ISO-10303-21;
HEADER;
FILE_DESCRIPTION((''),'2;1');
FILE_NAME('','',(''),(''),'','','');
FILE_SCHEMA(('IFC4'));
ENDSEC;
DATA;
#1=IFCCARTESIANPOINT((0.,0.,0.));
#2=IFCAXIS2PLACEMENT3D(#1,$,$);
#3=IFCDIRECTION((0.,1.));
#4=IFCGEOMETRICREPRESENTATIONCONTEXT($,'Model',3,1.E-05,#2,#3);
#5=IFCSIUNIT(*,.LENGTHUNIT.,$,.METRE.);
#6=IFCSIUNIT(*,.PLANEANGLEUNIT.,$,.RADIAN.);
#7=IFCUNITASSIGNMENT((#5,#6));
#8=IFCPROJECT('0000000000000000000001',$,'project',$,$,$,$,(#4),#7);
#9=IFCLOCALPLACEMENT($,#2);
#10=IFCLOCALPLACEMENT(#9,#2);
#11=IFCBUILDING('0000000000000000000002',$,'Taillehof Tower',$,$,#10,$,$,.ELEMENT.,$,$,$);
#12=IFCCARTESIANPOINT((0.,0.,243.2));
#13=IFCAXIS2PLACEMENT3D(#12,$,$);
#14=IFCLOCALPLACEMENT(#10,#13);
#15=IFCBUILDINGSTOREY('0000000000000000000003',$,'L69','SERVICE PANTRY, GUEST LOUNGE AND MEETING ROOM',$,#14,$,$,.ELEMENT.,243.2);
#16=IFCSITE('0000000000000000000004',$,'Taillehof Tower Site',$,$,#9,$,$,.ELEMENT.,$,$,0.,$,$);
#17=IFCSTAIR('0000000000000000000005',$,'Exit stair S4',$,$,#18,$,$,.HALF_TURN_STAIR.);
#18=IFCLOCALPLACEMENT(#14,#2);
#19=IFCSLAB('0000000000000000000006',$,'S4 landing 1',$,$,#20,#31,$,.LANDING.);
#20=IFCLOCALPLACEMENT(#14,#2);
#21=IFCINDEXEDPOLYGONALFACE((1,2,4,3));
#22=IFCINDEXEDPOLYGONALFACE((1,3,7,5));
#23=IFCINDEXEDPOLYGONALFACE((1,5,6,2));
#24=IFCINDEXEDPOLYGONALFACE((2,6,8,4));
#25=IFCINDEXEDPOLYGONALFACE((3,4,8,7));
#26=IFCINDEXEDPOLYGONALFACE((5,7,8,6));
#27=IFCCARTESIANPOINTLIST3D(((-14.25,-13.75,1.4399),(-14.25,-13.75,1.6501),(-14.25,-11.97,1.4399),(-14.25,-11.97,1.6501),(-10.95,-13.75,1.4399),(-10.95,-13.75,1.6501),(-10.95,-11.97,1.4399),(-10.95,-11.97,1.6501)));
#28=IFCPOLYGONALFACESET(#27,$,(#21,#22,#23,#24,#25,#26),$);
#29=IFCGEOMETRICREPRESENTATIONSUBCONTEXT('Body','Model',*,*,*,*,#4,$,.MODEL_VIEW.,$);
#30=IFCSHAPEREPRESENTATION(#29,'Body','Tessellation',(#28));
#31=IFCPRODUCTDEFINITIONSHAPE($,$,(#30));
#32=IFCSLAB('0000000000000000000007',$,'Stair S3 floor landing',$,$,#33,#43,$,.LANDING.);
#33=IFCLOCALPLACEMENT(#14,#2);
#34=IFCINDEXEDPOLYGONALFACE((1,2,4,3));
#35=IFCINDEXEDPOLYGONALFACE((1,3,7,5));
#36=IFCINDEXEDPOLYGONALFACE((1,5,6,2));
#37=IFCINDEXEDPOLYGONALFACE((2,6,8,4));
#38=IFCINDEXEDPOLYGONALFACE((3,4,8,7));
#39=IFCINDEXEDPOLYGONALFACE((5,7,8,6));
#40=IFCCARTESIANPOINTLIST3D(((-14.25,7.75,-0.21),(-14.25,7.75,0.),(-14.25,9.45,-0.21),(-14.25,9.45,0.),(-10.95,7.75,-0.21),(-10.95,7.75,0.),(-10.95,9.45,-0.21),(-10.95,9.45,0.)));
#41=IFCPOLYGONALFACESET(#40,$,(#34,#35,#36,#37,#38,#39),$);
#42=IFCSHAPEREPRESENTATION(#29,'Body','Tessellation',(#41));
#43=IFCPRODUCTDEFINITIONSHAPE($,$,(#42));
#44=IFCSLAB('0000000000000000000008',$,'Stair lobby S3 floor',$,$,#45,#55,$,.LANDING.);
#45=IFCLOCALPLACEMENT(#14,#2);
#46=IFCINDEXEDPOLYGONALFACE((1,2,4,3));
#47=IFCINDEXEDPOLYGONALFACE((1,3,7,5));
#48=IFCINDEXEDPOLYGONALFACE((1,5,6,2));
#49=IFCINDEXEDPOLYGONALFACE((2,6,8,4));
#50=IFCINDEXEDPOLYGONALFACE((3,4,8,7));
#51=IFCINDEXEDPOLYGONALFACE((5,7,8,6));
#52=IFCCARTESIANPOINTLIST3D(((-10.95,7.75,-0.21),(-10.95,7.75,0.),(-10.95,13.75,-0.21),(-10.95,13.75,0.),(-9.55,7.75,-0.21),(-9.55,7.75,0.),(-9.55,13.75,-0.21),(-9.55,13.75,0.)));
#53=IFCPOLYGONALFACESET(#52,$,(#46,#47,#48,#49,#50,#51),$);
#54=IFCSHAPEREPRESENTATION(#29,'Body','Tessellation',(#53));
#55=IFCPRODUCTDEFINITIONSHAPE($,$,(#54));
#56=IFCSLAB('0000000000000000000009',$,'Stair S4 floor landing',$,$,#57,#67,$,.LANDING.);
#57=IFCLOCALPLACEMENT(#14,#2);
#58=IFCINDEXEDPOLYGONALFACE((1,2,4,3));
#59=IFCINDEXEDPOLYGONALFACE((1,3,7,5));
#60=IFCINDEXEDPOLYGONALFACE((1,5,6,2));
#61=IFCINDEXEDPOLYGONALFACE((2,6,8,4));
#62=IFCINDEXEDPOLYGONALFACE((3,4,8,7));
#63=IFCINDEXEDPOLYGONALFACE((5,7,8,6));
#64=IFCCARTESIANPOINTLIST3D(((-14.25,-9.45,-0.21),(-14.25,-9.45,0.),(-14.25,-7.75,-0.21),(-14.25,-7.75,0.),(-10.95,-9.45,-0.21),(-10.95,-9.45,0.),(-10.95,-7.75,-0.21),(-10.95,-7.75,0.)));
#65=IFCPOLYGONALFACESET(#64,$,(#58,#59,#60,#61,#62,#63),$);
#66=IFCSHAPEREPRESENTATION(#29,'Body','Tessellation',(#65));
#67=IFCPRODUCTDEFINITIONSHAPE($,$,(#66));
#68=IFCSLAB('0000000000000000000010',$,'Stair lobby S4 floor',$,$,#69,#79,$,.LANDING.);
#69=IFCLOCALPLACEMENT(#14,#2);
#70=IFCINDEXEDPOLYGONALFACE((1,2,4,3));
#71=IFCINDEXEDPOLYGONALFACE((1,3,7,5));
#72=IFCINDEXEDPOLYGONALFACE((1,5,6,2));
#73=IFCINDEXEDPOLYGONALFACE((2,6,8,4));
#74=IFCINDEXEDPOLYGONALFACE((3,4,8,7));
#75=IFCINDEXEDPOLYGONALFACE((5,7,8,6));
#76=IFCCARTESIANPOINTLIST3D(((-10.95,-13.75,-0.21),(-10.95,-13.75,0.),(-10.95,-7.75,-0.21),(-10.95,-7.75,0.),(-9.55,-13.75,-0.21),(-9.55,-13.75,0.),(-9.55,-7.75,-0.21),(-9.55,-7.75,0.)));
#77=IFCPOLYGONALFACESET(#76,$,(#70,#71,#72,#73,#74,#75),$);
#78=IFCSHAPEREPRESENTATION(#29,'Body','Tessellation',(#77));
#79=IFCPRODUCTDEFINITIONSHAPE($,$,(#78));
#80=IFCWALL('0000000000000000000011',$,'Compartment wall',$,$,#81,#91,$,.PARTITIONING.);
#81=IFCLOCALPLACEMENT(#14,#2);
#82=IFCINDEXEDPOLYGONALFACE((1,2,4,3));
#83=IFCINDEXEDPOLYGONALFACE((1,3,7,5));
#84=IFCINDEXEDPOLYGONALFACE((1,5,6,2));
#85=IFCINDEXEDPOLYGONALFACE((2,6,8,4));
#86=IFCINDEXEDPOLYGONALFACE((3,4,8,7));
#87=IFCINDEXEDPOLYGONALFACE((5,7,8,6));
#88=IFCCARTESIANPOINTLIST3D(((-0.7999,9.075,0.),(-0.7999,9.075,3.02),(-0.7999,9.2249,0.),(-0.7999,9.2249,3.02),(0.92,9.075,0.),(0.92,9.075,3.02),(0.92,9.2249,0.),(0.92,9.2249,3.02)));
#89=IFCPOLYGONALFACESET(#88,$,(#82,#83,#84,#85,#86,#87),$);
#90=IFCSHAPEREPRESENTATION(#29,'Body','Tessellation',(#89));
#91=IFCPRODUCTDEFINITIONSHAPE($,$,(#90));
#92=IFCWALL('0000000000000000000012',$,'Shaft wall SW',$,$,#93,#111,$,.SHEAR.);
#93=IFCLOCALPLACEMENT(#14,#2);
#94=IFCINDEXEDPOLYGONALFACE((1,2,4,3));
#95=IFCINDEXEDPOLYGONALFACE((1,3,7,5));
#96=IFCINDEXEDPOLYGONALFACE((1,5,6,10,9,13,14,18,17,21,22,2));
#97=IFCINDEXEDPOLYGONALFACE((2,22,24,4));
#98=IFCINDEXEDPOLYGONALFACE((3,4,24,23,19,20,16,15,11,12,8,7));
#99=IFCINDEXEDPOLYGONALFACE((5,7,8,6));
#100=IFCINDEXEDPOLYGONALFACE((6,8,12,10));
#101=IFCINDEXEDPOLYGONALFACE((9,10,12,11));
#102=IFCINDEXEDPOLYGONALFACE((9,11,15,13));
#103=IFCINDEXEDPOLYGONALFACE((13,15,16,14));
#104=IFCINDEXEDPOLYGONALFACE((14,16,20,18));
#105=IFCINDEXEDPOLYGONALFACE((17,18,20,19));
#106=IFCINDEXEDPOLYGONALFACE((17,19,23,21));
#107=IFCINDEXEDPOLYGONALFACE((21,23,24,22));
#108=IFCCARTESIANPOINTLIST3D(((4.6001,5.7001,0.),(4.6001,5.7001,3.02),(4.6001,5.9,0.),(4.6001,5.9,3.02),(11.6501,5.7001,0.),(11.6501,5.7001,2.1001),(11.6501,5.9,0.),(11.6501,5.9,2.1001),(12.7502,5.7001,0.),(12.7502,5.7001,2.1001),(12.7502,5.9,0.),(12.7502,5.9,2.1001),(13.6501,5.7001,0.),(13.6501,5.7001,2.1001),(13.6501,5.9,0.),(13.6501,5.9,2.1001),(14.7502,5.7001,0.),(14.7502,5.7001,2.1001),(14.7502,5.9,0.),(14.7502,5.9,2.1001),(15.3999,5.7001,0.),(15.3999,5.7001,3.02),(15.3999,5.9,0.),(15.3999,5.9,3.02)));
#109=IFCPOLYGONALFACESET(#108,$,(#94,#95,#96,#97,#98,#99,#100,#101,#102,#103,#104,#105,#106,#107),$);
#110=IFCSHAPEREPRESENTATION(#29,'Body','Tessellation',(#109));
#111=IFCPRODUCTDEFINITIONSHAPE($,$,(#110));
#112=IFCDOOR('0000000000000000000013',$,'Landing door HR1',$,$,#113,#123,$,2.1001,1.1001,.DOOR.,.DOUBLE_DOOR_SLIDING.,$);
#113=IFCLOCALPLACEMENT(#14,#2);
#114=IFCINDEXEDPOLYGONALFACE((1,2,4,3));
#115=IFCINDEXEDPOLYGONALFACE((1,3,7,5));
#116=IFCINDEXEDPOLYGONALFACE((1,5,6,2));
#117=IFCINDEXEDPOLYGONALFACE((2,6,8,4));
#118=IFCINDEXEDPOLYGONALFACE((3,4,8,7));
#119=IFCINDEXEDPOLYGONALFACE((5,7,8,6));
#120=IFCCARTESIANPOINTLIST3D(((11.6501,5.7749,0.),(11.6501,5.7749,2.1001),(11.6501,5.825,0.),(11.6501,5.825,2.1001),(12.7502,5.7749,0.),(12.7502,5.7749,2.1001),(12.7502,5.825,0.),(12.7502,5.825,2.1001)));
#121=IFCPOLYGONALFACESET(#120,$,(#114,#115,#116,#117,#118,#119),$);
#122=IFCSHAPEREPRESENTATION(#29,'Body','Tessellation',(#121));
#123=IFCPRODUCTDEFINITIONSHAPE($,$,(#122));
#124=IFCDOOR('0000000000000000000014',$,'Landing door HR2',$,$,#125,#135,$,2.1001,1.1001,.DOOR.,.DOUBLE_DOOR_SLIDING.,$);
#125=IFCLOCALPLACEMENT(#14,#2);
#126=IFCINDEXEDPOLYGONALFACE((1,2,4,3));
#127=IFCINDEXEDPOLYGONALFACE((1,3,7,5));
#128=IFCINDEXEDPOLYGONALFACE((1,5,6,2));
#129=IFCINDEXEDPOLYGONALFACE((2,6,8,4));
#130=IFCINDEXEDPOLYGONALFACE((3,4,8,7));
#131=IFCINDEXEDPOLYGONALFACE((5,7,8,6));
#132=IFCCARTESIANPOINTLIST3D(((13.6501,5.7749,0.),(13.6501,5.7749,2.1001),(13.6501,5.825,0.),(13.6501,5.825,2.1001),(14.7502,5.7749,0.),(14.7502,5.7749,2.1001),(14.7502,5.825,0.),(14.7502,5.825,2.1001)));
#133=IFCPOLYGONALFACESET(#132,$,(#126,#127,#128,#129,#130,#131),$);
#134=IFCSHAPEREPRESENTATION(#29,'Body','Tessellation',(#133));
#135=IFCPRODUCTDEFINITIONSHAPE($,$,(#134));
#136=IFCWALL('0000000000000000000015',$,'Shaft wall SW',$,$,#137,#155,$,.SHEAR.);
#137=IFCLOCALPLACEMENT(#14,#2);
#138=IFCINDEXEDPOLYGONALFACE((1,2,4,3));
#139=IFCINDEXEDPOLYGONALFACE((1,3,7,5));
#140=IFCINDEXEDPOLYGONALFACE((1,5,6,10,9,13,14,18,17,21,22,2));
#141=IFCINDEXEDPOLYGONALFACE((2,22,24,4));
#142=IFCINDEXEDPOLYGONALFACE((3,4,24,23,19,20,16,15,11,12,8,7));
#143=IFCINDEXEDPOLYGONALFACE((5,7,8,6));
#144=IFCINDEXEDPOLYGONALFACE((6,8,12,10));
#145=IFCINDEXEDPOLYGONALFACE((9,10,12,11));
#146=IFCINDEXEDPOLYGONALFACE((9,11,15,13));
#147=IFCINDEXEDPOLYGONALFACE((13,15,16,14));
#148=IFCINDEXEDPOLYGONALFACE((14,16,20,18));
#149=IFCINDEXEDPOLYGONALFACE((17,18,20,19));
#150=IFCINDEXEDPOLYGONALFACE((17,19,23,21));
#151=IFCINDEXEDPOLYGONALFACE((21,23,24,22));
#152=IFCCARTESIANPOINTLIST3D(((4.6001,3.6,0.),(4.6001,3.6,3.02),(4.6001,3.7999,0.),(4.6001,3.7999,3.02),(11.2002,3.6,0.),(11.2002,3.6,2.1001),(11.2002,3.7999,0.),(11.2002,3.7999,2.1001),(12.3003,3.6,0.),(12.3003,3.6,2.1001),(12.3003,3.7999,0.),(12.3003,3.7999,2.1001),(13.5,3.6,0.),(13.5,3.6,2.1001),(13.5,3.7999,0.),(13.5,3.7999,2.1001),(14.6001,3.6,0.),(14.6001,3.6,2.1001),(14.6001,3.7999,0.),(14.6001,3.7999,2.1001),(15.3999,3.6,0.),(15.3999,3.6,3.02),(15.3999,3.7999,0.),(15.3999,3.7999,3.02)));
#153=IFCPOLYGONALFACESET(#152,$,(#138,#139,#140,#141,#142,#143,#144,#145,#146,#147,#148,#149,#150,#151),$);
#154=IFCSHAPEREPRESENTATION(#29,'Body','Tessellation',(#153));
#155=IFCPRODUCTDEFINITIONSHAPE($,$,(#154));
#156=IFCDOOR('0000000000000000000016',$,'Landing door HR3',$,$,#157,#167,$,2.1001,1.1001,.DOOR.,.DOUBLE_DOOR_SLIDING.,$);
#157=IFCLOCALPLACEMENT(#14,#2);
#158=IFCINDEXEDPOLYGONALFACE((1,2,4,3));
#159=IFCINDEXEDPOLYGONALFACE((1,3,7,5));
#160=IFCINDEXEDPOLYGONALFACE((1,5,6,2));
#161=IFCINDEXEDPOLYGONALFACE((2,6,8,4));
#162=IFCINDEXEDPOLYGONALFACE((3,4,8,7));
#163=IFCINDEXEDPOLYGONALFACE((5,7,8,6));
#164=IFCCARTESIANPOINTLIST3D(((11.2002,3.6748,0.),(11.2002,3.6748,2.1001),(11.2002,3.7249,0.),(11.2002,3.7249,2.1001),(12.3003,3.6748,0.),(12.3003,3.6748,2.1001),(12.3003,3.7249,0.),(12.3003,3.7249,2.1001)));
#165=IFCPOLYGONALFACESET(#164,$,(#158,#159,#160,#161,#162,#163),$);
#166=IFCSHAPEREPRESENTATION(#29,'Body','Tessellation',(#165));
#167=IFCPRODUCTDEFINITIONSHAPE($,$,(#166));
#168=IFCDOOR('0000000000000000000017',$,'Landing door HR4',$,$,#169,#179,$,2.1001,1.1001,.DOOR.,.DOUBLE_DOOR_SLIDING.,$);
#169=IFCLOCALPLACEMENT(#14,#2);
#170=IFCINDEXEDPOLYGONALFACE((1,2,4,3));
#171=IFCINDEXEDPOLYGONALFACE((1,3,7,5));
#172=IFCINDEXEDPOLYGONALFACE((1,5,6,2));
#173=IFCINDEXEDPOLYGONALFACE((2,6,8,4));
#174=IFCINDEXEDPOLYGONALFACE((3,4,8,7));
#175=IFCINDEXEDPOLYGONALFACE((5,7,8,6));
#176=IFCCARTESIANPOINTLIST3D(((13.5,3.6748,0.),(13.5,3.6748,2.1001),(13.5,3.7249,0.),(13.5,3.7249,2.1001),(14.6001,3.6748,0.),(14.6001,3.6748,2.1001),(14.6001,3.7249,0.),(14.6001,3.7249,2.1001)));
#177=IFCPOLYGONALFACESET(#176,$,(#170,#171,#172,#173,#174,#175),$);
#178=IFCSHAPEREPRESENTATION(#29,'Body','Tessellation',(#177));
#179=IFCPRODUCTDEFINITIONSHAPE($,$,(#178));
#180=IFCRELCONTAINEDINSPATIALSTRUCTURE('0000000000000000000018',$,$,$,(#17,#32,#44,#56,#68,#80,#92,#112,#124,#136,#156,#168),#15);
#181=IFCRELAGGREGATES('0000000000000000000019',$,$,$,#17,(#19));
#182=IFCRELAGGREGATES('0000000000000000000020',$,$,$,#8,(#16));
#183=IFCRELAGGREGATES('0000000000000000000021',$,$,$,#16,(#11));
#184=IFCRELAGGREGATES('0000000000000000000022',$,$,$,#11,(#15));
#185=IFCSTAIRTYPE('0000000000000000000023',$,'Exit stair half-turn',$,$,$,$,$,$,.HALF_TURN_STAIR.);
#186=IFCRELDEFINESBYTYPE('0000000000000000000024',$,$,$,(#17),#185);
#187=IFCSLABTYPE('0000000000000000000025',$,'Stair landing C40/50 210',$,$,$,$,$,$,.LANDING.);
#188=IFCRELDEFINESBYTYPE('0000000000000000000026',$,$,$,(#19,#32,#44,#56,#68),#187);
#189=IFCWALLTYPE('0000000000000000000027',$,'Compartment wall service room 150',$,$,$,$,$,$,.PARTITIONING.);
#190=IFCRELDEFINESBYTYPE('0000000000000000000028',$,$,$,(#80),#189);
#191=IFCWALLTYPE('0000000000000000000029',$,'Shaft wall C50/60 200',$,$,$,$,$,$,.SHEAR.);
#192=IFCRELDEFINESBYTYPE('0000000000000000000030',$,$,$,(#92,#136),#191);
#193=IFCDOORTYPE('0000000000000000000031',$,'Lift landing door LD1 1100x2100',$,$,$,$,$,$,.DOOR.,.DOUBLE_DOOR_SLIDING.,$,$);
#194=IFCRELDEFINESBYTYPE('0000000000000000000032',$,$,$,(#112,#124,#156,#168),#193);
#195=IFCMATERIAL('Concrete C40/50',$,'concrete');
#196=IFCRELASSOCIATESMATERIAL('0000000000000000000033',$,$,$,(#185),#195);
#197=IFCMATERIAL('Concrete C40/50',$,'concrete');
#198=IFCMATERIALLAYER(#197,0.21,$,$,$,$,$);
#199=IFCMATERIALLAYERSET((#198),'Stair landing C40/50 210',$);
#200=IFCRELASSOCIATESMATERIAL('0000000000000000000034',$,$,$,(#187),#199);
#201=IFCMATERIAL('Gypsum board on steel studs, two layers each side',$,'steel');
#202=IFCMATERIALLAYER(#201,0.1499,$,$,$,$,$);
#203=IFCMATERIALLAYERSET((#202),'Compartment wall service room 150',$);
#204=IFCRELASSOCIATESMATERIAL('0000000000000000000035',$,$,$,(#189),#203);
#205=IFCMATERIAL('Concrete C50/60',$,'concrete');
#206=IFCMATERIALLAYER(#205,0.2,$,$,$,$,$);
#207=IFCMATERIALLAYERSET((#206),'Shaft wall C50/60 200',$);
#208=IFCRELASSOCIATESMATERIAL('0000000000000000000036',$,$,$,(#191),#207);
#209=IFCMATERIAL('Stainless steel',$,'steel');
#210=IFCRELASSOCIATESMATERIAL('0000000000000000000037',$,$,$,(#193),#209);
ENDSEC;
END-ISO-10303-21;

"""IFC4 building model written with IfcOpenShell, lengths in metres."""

from ifc_helpers import new_model, si_unit, direction, frame, frame_2d, origin, place, context, subcontext, project, spatial, polyline, rectangle, outline, extrude, material, layer, layer_set, type_object, element, fill, aggregate, save


model = new_model("IFC4")

# Units and contexts
model_context = context("Model", 3, precision=1e-05, world=origin(), true_north=direction((0.0, 1.0)))
body_context = subcontext(model_context, "Body", "Model", "MODEL_VIEW")
ifc_project = project(units=[si_unit("LENGTHUNIT", "METRE"), si_unit("PLANEANGLEUNIT", "RADIAN")], contexts=[model_context])

# Site, building, storey
site_placement = place(None, origin())
site = spatial("IfcSite", under=ifc_project, at=site_placement, Name="Taillehof Tower Site", CompositionType="ELEMENT", RefElevation=0.0)
building_placement = place(site_placement, origin())
building = spatial("IfcBuilding", under=site, at=building_placement, Name="Taillehof Tower", CompositionType="ELEMENT")
storey_placement = place(building_placement, frame((0.0, 0.0, 243.2)))
storey = spatial("IfcBuildingStorey", under=building, at=storey_placement, Name="L69", Description="SERVICE PANTRY, GUEST LOUNGE AND MEETING ROOM", CompositionType="ELEMENT", Elevation=243.2)

# Stair, slab
ifc_material_1 = material(Name="Concrete C40/50", Category="concrete")
stair_type = type_object("IfcStairType", Name="Exit stair half-turn", PredefinedType="HALF_TURN_STAIR", material=ifc_material_1)
ifc_material_2 = material(Name="Concrete C40/50", Category="concrete")
ifc_layer_1 = layer(ifc_material_2, 0.21)
ifc_layer_set_1 = layer_set([ifc_layer_1], Name="Stair landing C40/50 210")
slab_type_1 = type_object("IfcSlabType", Name="Stair landing C40/50 210", PredefinedType="LANDING", material=ifc_layer_set_1)
stair_1_placement = place(storey_placement, origin())
stair_1 = element("IfcStair", 1, at=stair_1_placement, inside=storey, type_object=stair_type, Name="Exit stair S4", PredefinedType="HALF_TURN_STAIR")
slab_1_placement = place(storey_placement, frame((0.0, 0.0, 1.4399)))
slab_1 = element("IfcSlab", 2, at=slab_1_placement, type_object=slab_type_1, Name="S4 landing 1", PredefinedType="LANDING", context=body_context, shape_type="SweptSolid", body=[
    extrude(outline(polyline([(-14.25, -11.97), (-14.25, -13.75), (-10.95, -13.75), (-10.95, -11.97), (-14.25, -11.97)])), origin(), (0.0, 0.0, 1.0), 0.2102),
])
aggregate(stair_1, [slab_1])

# Slabs
slab_2_placement = place(storey_placement, frame((0.0, 0.0, -0.21)))
element("IfcSlab", 3, at=slab_2_placement, inside=storey, type_object=slab_type_1, Name="Stair S3 floor landing", PredefinedType="LANDING", context=body_context, shape_type="SweptSolid", body=[
    extrude(outline(polyline([(-14.25, 7.75), (-14.25, 9.45), (-10.95, 9.45), (-10.95, 7.75), (-14.25, 7.75)])), origin(), (0.0, 0.0, 1.0), 0.21),
])
slab_3_placement = place(storey_placement, frame((0.0, 0.0, -0.21)))
element("IfcSlab", 4, at=slab_3_placement, inside=storey, type_object=slab_type_1, Name="Stair lobby S3 floor", PredefinedType="LANDING", context=body_context, shape_type="SweptSolid", body=[
    extrude(outline(polyline([(-10.95, 7.75), (-9.55, 7.75), (-9.55, 13.75), (-10.95, 13.75), (-10.95, 7.75)])), origin(), (0.0, 0.0, 1.0), 0.21),
])
slab_4_placement = place(storey_placement, frame((0.0, 0.0, -0.21)))
element("IfcSlab", 5, at=slab_4_placement, inside=storey, type_object=slab_type_1, Name="Stair S4 floor landing", PredefinedType="LANDING", context=body_context, shape_type="SweptSolid", body=[
    extrude(outline(polyline([(-14.25, -7.75), (-14.25, -9.45), (-10.95, -9.45), (-10.95, -7.75), (-14.25, -7.75)])), origin(), (0.0, 0.0, 1.0), 0.21),
])
slab_5_placement = place(storey_placement, frame((0.0, 0.0, -0.21)))
element("IfcSlab", 6, at=slab_5_placement, inside=storey, type_object=slab_type_1, Name="Stair lobby S4 floor", PredefinedType="LANDING", context=body_context, shape_type="SweptSolid", body=[
    extrude(outline(polyline([(-10.95, -13.75), (-9.55, -13.75), (-9.55, -7.75), (-10.95, -7.75), (-10.95, -13.75)])), origin(), (0.0, 0.0, 1.0), 0.21),
])

# Wall
ifc_material_3 = material(Name="Gypsum board on steel studs, two layers each side", Category="steel")
ifc_layer_2 = layer(ifc_material_3, 0.1499)
ifc_layer_set_2 = layer_set([ifc_layer_2], Name="Compartment wall service room 150")
wall_type_1 = type_object("IfcWallType", Name="Compartment wall service room 150", PredefinedType="PARTITIONING", material=ifc_layer_set_2)
wall_1_placement = place(storey_placement, frame((0.9199, 9.1499, 0.0), z_axis=(0.0, 0.0, 1.0), x_axis=(-1.0, 0.0, 0.0)))
element("IfcWall", 7, at=wall_1_placement, inside=storey, type_object=wall_type_1, Name="Compartment wall", PredefinedType="PARTITIONING", context=body_context, shape_type="SweptSolid", body=[
    extrude(rectangle(XDim=1.72, YDim=0.1499, at=frame_2d((0.8599, 0.0))), origin(), (0.0, 0.0, 1.0), 3.02),
])

# Walls, openings, doors
ifc_material_4 = material(Name="Concrete C50/60", Category="concrete")
ifc_layer_3 = layer(ifc_material_4, 0.2)
ifc_layer_set_3 = layer_set([ifc_layer_3], Name="Shaft wall C50/60 200")
wall_type_2 = type_object("IfcWallType", Name="Shaft wall C50/60 200", PredefinedType="SHEAR", material=ifc_layer_set_3)
wall_2_placement = place(storey_placement, frame((4.6001, 5.8, 0.0), z_axis=(0.0, 0.0, 1.0), x_axis=(1.0, 0.0, 0.0)))
wall_2 = element("IfcWall", 8, at=wall_2_placement, inside=storey, type_object=wall_type_2, Name="Shaft wall SW", PredefinedType="SHEAR", context=body_context, shape_type="SweptSolid", body=[
    extrude(rectangle(XDim=10.7998, YDim=0.2, at=frame_2d((5.3999, 0.0))), origin(), (0.0, 0.0, 1.0), 3.02),
])
opening_1_placement = place(wall_2_placement, frame((7.05, 0.0, 0.0)))
opening_1 = element("IfcOpeningElement", 9, at=opening_1_placement, cuts=wall_2, PredefinedType="OPENING", context=body_context, shape_type="SweptSolid", body=[
    extrude(rectangle(XDim=1.1001, YDim=2.1001, at=frame_2d((0.55, 1.05))), frame((0.0, 0.1099, 0.0), z_axis=(0.0, -1.0, 0.0), x_axis=(1.0, 0.0, 0.0)), (0.0, 0.0, 1.0), 0.22),
])
opening_2_placement = place(wall_2_placement, frame((9.05, 0.0, 0.0)))
opening_2 = element("IfcOpeningElement", 10, at=opening_2_placement, cuts=wall_2, PredefinedType="OPENING", context=body_context, shape_type="SweptSolid", body=[
    extrude(rectangle(XDim=1.1001, YDim=2.1001, at=frame_2d((0.55, 1.05))), frame((0.0, 0.1099, 0.0), z_axis=(0.0, -1.0, 0.0), x_axis=(1.0, 0.0, 0.0)), (0.0, 0.0, 1.0), 0.22),
])
ifc_material_5 = material(Name="Stainless steel", Category="steel")
door_type_1 = type_object("IfcDoorType", Name="Lift landing door LD1 1100x2100", OperationType="DOUBLE_DOOR_SLIDING", PredefinedType="DOOR", material=ifc_material_5)
door_1_placement = place(opening_1_placement, origin())
door_1 = element("IfcDoor", 11, at=door_1_placement, inside=storey, type_object=door_type_1, Name="Landing door HR1", OperationType="DOUBLE_DOOR_SLIDING", OverallHeight=2.1001, OverallWidth=1.1001, PredefinedType="DOOR", context=body_context, shape_type="SweptSolid", body=[
    extrude(rectangle(XDim=1.1001, YDim=2.1001, at=frame_2d((0.55, 1.05))), frame((0.0, 0.0249, 0.0), z_axis=(0.0, -1.0, 0.0), x_axis=(1.0, 0.0, 0.0)), (0.0, 0.0, 1.0), 0.05),
])
fill(opening_1, door_1)
door_2_placement = place(opening_2_placement, origin())
door_2 = element("IfcDoor", 12, at=door_2_placement, inside=storey, type_object=door_type_1, Name="Landing door HR2", OperationType="DOUBLE_DOOR_SLIDING", OverallHeight=2.1001, OverallWidth=1.1001, PredefinedType="DOOR", context=body_context, shape_type="SweptSolid", body=[
    extrude(rectangle(XDim=1.1001, YDim=2.1001, at=frame_2d((0.55, 1.05))), frame((0.0, 0.0249, 0.0), z_axis=(0.0, -1.0, 0.0), x_axis=(1.0, 0.0, 0.0)), (0.0, 0.0, 1.0), 0.05),
])
fill(opening_2, door_2)
wall_3_placement = place(storey_placement, frame((4.6001, 3.7, 0.0), z_axis=(0.0, 0.0, 1.0), x_axis=(1.0, 0.0, 0.0)))
wall_3 = element("IfcWall", 13, at=wall_3_placement, inside=storey, type_object=wall_type_2, Name="Shaft wall SW", PredefinedType="SHEAR", context=body_context, shape_type="SweptSolid", body=[
    extrude(rectangle(XDim=10.7998, YDim=0.2, at=frame_2d((5.3999, 0.0))), origin(), (0.0, 0.0, 1.0), 3.02),
])
opening_3_placement = place(wall_3_placement, frame((6.6001, 0.0, 0.0)))
opening_3 = element("IfcOpeningElement", 14, at=opening_3_placement, cuts=wall_3, PredefinedType="OPENING", context=body_context, shape_type="SweptSolid", body=[
    extrude(rectangle(XDim=1.1001, YDim=2.1001, at=frame_2d((0.55, 1.05))), frame((0.0, 0.1099, 0.0), z_axis=(0.0, -1.0, 0.0), x_axis=(1.0, 0.0, 0.0)), (0.0, 0.0, 1.0), 0.22),
])
opening_4_placement = place(wall_3_placement, frame((8.8999, 0.0, 0.0)))
opening_4 = element("IfcOpeningElement", 15, at=opening_4_placement, cuts=wall_3, PredefinedType="OPENING", context=body_context, shape_type="SweptSolid", body=[
    extrude(rectangle(XDim=1.1001, YDim=2.1001, at=frame_2d((0.55, 1.05))), frame((0.0, 0.1099, 0.0), z_axis=(0.0, -1.0, 0.0), x_axis=(1.0, 0.0, 0.0)), (0.0, 0.0, 1.0), 0.22),
])
door_3_placement = place(opening_3_placement, origin())
door_3 = element("IfcDoor", 16, at=door_3_placement, inside=storey, type_object=door_type_1, Name="Landing door HR3", OperationType="DOUBLE_DOOR_SLIDING", OverallHeight=2.1001, OverallWidth=1.1001, PredefinedType="DOOR", context=body_context, shape_type="SweptSolid", body=[
    extrude(rectangle(XDim=1.1001, YDim=2.1001, at=frame_2d((0.55, 1.05))), frame((0.0, 0.0249, 0.0), z_axis=(0.0, -1.0, 0.0), x_axis=(1.0, 0.0, 0.0)), (0.0, 0.0, 1.0), 0.05),
])
fill(opening_3, door_3)
door_4_placement = place(opening_4_placement, origin())
door_4 = element("IfcDoor", 17, at=door_4_placement, inside=storey, type_object=door_type_1, Name="Landing door HR4", OperationType="DOUBLE_DOOR_SLIDING", OverallHeight=2.1001, OverallWidth=1.1001, PredefinedType="DOOR", context=body_context, shape_type="SweptSolid", body=[
    extrude(rectangle(XDim=1.1001, YDim=2.1001, at=frame_2d((0.55, 1.05))), frame((0.0, 0.0249, 0.0), z_axis=(0.0, -1.0, 0.0), x_axis=(1.0, 0.0, 0.0)), (0.0, 0.0, 1.0), 0.05),
])
fill(opening_4, door_4)

save(model, "model.ifc")
